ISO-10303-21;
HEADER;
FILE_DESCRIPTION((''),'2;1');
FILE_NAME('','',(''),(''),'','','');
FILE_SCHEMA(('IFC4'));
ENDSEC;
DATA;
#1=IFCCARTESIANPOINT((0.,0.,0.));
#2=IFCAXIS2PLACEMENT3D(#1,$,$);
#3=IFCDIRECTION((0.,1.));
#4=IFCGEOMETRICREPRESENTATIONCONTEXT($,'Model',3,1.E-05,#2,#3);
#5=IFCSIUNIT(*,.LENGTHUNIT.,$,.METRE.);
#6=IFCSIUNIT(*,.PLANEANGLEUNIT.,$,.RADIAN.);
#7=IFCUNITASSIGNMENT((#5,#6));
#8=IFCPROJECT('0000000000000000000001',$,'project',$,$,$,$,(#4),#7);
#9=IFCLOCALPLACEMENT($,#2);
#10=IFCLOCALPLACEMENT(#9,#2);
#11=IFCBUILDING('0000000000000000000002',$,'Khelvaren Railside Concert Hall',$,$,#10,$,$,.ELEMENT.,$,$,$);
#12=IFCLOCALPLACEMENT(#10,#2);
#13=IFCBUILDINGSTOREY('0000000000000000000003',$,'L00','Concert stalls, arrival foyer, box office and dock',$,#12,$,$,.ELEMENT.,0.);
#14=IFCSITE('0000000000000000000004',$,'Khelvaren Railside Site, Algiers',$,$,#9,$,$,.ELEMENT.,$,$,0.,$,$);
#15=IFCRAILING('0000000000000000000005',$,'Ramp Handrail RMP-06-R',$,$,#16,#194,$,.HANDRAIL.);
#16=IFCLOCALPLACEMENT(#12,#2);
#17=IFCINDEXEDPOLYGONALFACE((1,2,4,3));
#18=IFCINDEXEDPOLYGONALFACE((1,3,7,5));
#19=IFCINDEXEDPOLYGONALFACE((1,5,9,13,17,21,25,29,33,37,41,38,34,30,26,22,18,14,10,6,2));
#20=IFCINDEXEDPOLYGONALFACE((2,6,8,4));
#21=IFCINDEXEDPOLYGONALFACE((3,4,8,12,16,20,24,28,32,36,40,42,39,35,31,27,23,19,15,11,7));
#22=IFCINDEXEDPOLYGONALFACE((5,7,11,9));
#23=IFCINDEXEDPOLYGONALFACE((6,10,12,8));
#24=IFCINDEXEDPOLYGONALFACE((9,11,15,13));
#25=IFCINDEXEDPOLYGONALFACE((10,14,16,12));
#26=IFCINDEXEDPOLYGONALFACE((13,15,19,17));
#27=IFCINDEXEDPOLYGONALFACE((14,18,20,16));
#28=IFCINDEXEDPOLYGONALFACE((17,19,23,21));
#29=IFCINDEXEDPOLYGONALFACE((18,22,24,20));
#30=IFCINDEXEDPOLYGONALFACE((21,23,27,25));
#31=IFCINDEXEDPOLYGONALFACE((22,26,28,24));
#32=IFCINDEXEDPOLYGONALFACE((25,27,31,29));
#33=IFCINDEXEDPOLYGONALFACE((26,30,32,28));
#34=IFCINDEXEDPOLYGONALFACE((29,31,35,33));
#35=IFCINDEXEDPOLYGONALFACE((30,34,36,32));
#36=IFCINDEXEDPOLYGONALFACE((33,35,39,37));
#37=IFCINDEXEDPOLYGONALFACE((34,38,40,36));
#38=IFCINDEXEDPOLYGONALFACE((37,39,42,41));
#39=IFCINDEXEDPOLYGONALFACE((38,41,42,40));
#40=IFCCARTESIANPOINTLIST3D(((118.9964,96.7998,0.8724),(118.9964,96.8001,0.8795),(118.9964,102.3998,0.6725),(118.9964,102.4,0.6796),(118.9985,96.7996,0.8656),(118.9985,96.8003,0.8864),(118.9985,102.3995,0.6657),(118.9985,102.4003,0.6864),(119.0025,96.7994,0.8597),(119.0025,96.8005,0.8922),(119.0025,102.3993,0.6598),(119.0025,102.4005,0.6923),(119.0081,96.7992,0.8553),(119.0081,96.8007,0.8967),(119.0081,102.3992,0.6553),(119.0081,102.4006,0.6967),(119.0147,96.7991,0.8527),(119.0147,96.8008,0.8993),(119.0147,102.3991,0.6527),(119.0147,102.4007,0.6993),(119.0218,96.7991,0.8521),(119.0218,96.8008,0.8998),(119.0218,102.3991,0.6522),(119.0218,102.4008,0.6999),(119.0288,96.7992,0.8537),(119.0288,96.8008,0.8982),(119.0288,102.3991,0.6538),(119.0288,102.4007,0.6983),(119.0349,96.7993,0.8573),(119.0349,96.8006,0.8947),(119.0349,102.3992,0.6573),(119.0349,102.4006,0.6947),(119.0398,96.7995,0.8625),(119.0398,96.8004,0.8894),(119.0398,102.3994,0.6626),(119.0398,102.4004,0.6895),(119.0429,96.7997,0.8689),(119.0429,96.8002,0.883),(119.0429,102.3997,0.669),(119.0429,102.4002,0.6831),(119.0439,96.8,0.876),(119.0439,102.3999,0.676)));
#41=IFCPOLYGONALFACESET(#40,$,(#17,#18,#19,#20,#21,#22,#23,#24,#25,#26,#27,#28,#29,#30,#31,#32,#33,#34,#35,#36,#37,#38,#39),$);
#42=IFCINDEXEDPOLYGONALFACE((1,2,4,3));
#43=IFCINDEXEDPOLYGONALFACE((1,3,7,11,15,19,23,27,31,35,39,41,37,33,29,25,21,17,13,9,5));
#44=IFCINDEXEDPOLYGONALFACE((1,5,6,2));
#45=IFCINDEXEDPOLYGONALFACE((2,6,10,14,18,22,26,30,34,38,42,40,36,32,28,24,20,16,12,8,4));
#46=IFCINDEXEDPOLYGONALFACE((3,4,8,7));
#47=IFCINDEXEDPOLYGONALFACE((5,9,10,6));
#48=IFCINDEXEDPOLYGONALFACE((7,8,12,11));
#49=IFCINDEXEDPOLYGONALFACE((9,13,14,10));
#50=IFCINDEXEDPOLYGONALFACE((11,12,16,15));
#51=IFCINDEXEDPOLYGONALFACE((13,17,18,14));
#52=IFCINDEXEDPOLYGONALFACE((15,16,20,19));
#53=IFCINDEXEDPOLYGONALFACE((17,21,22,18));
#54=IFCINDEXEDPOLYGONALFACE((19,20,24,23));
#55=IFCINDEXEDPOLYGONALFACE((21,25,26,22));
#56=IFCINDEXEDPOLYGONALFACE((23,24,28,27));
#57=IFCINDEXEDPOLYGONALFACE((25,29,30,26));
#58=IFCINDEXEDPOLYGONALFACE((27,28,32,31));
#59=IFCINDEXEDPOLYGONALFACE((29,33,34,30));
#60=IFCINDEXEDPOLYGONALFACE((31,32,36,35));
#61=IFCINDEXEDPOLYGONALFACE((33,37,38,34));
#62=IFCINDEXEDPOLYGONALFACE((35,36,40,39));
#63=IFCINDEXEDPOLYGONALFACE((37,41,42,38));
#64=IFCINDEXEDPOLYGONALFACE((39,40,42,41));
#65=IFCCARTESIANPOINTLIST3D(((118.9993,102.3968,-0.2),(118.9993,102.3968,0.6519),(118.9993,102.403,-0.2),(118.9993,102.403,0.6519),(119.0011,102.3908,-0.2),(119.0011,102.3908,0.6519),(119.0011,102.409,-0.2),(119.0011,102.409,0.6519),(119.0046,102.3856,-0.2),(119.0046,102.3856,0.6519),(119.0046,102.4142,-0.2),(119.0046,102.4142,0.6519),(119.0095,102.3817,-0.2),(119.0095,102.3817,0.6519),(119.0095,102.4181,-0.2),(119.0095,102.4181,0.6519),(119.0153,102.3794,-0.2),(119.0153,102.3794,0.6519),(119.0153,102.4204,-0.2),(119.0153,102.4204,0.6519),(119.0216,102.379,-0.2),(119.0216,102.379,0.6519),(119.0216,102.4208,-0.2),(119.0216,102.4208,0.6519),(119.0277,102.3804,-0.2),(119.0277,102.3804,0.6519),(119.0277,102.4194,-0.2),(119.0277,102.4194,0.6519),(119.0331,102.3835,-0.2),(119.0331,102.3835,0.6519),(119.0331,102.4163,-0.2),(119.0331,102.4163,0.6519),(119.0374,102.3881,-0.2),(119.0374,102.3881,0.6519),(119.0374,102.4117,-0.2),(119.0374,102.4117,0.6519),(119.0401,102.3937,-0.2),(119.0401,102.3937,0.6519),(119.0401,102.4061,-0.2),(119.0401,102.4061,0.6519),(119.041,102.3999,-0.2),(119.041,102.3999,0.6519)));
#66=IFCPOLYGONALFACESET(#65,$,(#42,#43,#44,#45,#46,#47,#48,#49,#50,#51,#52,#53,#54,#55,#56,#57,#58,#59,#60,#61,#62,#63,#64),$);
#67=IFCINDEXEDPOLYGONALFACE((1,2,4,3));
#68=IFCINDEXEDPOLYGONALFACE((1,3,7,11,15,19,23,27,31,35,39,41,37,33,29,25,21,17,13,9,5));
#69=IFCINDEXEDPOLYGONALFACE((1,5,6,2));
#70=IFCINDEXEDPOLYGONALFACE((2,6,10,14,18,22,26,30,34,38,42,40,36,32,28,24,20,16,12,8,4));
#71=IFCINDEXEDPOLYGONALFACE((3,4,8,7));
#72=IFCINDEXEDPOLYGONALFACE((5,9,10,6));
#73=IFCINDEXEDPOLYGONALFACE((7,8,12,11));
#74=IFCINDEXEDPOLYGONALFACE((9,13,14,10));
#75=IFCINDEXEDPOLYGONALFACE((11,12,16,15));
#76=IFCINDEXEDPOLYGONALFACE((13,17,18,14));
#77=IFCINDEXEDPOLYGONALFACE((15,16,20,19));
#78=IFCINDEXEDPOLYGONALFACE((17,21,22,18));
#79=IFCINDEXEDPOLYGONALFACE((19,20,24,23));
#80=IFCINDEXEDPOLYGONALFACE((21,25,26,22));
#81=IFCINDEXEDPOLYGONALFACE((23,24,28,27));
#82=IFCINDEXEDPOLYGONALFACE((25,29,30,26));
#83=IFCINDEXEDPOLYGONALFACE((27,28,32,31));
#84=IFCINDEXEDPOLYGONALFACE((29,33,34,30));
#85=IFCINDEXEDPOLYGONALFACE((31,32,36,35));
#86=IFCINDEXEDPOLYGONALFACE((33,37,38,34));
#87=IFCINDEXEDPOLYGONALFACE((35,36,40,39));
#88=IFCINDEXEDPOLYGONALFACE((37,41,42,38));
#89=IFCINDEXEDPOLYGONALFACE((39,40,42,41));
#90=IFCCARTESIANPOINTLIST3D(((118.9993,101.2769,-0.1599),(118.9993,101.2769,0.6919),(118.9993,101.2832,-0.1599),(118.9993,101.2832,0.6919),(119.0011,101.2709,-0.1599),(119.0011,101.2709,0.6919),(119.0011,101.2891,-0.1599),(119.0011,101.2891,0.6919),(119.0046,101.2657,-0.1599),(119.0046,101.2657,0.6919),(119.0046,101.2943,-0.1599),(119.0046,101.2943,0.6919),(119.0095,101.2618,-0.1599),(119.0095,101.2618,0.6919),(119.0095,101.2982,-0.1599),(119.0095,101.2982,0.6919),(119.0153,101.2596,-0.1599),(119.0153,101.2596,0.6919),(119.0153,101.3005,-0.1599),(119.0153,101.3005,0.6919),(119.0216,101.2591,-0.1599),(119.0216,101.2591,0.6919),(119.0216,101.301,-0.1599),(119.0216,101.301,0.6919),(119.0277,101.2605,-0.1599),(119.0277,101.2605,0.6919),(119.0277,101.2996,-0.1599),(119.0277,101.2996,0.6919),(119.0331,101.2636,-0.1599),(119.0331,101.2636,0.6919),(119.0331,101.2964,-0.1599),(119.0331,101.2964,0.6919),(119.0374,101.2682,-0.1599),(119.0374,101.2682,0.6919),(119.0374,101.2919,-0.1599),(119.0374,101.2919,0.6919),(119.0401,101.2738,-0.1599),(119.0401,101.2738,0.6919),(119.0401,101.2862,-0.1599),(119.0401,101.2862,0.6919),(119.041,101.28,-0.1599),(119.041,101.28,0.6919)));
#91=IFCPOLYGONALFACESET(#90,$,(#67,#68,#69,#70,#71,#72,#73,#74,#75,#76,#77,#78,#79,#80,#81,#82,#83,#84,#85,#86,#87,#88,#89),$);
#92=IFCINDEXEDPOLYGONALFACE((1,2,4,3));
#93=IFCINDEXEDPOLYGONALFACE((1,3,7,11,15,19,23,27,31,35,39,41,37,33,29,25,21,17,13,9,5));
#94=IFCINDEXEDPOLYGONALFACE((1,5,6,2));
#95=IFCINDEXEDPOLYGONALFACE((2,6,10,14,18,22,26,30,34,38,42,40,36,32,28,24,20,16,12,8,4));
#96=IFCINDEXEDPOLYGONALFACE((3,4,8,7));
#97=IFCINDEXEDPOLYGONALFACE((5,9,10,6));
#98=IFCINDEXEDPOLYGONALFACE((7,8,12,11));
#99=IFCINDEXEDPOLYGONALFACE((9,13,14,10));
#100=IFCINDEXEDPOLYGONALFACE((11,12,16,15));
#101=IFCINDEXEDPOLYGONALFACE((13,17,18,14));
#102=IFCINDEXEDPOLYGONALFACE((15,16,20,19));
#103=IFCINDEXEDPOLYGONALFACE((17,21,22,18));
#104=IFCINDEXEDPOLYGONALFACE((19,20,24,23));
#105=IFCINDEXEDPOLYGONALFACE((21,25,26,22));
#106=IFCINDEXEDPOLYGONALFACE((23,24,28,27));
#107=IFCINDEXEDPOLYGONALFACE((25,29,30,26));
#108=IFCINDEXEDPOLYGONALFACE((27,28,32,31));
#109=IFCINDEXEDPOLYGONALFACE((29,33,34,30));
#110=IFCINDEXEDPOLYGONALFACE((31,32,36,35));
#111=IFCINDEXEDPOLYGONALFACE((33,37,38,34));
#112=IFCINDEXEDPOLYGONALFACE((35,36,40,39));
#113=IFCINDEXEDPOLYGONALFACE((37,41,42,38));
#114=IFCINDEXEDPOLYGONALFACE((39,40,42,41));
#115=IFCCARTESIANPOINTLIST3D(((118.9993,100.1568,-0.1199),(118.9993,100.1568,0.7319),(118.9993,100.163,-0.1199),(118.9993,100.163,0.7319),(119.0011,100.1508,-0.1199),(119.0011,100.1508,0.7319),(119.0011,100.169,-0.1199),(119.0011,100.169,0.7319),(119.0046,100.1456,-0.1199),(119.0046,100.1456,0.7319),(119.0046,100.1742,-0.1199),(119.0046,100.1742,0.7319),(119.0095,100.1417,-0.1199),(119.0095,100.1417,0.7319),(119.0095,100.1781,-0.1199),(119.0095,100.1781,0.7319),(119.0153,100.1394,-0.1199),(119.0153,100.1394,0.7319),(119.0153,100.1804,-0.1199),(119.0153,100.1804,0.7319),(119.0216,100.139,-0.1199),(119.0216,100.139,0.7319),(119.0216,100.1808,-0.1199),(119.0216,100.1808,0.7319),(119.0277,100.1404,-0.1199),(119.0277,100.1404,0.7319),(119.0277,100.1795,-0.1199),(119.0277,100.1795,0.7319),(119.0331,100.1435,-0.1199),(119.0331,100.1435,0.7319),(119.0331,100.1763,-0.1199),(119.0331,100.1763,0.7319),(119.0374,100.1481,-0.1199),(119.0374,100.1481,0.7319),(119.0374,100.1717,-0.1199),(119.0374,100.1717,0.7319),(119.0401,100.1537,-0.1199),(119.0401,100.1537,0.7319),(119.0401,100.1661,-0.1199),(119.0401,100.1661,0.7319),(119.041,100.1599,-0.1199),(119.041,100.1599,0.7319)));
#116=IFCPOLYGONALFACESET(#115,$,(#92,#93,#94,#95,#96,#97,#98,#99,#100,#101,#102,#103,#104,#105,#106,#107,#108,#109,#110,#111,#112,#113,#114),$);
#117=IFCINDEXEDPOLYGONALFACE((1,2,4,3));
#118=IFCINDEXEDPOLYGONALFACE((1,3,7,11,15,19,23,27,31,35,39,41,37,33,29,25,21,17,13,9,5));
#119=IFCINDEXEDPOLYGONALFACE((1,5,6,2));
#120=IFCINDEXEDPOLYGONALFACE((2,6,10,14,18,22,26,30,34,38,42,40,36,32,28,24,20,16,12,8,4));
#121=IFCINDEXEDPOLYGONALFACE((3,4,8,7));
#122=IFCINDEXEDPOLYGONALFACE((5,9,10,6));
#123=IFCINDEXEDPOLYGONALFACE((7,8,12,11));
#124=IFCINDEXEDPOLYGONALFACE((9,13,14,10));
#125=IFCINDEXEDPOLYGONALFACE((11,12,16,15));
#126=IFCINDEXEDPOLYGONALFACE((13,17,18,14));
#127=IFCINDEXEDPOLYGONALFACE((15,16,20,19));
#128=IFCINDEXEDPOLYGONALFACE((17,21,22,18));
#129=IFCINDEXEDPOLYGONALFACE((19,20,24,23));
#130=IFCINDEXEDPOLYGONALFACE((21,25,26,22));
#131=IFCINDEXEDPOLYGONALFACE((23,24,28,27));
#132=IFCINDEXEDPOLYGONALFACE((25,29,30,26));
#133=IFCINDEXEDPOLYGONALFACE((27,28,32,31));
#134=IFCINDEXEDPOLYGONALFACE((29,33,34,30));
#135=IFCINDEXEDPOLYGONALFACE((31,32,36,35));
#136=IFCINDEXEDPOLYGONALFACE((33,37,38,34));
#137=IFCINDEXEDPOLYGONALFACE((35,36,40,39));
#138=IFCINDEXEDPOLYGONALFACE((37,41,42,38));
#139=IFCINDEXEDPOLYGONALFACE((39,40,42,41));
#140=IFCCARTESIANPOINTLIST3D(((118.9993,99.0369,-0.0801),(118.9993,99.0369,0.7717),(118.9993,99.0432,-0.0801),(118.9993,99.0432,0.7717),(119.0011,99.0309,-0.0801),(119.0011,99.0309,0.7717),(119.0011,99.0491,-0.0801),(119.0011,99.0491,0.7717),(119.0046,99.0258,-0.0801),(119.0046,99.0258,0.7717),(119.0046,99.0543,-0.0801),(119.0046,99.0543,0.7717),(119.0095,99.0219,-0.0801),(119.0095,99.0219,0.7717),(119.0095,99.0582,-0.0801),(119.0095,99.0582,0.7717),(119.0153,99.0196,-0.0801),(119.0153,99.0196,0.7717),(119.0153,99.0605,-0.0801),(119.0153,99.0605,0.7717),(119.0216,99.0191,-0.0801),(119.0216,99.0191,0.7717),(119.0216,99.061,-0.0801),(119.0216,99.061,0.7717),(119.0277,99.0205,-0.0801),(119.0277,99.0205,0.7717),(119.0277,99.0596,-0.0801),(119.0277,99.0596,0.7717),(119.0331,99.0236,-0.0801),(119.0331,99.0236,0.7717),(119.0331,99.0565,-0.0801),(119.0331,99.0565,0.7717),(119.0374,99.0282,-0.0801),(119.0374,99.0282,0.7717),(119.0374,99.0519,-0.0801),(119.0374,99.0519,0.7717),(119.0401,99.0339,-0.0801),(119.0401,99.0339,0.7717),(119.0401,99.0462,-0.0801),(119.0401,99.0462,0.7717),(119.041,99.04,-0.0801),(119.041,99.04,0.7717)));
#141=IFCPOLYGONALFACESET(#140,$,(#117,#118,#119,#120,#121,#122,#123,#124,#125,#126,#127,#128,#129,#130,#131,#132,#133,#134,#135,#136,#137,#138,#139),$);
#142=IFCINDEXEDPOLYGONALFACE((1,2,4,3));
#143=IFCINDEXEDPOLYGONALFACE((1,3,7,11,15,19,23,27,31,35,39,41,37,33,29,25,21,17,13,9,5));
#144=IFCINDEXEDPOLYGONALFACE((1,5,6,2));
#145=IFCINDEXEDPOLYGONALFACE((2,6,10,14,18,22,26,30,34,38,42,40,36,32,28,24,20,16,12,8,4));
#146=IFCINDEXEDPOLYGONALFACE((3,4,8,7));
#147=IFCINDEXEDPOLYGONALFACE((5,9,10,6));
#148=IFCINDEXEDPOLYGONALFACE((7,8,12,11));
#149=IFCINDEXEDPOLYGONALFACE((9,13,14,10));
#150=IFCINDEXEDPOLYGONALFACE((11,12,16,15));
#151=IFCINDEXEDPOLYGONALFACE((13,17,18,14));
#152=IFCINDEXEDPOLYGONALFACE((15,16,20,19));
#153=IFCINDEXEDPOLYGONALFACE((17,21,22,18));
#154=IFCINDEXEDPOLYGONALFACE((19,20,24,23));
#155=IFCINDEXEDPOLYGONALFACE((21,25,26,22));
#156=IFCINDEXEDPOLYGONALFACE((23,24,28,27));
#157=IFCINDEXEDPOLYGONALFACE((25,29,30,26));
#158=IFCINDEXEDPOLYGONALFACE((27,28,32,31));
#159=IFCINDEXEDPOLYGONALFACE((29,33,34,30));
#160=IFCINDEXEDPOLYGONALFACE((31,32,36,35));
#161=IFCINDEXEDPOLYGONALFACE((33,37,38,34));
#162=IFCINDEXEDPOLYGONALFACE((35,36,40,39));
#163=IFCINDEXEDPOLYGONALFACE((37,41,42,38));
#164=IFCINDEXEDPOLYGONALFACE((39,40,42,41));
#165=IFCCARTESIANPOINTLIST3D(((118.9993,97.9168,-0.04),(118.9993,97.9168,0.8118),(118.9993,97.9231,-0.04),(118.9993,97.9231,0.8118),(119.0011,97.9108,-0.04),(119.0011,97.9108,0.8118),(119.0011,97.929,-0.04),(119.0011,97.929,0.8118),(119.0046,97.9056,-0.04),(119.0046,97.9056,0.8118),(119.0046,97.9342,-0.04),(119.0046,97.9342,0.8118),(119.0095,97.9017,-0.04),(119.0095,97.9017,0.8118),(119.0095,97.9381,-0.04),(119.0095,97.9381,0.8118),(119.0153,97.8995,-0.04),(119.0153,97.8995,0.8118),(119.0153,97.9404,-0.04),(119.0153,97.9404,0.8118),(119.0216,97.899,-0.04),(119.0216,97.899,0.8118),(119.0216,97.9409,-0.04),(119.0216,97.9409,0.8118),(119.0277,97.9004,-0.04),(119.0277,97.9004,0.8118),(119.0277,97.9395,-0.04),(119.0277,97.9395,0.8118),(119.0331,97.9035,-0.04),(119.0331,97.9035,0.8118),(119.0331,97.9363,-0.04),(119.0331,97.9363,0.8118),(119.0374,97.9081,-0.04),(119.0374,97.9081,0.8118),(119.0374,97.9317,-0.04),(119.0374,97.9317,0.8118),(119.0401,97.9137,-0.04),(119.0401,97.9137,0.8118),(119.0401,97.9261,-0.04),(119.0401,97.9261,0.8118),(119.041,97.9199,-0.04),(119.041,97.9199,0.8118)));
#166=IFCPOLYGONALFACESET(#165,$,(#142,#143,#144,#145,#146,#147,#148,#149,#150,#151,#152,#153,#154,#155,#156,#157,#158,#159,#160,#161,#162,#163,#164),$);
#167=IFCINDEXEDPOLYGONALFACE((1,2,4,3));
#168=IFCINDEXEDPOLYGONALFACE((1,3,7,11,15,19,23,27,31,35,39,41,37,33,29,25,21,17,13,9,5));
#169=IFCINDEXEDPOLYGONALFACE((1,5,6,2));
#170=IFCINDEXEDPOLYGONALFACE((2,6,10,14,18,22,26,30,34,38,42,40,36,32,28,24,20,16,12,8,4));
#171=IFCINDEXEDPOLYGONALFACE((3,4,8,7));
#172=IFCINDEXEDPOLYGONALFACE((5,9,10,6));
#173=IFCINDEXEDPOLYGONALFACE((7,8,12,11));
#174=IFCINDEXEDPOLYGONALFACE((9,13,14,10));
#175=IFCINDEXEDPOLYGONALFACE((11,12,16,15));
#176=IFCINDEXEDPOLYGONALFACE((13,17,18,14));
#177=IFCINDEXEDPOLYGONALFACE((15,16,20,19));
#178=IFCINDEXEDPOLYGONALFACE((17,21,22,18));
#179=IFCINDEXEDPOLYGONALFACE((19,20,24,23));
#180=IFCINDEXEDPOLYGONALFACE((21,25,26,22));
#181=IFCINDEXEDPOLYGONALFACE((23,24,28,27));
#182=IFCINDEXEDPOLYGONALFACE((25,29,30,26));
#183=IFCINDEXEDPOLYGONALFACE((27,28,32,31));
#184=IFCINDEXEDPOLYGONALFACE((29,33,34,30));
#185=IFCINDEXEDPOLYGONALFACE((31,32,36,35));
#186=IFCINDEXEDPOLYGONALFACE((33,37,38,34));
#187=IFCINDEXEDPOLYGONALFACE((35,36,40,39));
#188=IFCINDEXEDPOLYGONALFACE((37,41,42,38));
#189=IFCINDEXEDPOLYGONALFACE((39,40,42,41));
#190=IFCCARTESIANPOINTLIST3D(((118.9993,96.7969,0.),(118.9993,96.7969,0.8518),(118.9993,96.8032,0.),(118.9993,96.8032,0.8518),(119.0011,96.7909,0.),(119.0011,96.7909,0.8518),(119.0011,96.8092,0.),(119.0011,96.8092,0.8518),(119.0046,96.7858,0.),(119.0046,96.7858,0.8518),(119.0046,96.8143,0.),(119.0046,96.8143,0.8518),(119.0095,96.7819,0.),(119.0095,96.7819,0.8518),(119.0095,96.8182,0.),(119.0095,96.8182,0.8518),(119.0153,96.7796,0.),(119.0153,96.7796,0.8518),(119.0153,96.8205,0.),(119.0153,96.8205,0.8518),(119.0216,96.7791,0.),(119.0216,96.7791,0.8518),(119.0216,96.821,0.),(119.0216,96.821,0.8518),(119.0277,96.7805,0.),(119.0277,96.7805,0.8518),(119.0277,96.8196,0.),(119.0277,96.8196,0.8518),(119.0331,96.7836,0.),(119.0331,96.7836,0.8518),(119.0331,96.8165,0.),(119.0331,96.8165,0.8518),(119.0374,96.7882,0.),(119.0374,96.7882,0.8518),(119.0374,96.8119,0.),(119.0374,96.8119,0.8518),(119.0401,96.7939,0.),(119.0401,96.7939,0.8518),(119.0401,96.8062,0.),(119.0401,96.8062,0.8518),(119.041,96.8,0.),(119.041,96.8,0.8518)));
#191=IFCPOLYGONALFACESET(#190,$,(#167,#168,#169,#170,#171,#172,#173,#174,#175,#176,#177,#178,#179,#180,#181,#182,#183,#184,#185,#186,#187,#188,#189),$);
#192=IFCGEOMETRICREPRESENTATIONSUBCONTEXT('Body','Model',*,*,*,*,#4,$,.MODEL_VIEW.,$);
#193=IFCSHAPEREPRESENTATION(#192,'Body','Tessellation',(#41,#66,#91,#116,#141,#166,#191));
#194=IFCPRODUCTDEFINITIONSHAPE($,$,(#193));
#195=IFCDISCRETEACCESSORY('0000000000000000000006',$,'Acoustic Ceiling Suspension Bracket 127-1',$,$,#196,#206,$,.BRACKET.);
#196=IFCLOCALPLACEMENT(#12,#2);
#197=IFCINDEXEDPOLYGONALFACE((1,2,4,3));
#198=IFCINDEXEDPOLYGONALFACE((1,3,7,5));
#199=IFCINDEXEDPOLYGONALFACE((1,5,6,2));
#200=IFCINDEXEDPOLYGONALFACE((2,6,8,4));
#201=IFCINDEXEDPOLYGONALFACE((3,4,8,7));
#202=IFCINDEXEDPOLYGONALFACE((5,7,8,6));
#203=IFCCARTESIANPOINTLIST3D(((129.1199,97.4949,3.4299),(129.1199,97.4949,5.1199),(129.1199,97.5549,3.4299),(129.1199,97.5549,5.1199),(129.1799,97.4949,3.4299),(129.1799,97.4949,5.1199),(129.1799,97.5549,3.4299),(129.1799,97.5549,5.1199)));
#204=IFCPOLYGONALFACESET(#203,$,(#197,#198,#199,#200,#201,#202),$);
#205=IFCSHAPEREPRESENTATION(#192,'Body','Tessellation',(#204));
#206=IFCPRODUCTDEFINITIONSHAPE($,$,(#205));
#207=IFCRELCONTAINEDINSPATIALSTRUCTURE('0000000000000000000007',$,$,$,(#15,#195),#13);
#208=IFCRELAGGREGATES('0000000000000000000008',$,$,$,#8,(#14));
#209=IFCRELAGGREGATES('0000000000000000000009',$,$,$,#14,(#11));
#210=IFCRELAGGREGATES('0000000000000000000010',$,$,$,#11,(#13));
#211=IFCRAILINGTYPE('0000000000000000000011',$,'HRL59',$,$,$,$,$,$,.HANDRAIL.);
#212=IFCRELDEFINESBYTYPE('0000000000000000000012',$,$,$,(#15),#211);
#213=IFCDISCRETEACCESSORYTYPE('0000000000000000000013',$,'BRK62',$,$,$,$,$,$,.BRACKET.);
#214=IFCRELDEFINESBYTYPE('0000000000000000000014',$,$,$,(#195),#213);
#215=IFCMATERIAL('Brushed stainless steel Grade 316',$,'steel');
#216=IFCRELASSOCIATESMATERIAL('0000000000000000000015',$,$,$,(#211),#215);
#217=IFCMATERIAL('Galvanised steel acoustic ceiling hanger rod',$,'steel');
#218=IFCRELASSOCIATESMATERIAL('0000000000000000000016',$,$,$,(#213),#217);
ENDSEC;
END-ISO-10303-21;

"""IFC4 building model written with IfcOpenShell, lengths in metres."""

from ifc_helpers import new_model, si_unit, direction, frame, origin, origin_2d, place, context, subcontext, project, spatial, rectangle, circle, extrude, material, type_object, element, save


model = new_model("IFC4")

# Units and contexts
model_context = context("Model", 3, precision=1e-05, world=origin(), true_north=direction((0.0, 1.0)))
body_context = subcontext(model_context, "Body", "Model", "MODEL_VIEW")
ifc_project = project(units=[si_unit("LENGTHUNIT", "METRE"), si_unit("PLANEANGLEUNIT", "RADIAN")], contexts=[model_context])

# Site, building, storey
site_placement = place(None, origin())
site = spatial("IfcSite", under=ifc_project, at=site_placement, Name="Khelvaren Railside Site, Algiers", CompositionType="ELEMENT", RefElevation=0.0)
building_placement = place(site_placement, origin())
building = spatial("IfcBuilding", under=site, at=building_placement, Name="Khelvaren Railside Concert Hall", CompositionType="ELEMENT")
storey_placement = place(building_placement, origin())
storey = spatial("IfcBuildingStorey", under=building, at=storey_placement, Name="L00", Description="Concert stalls, arrival foyer, box office and dock", CompositionType="ELEMENT", Elevation=0.0)

# Railing
ifc_material_1 = material(Name="Brushed stainless steel Grade 316", Category="steel")
railing_type_1 = type_object("IfcRailingType", Name="HRL59", PredefinedType="HANDRAIL", material=ifc_material_1)
for number, where, name in (
    (1, (119.02, 102.3999, -0.2), "Ramp Handrail RMP-06-R"),
):
    element("IfcRailing", number, at=place(storey_placement, frame(where)), inside=storey, type_object=railing_type_1, Name=name, PredefinedType="HANDRAIL", context=body_context, shape_type="SweptSolid", body=[
        extrude(circle(Radius=0.0239, at=origin_2d()), frame((0.0, 0.0, 0.876), z_axis=(0.0, -0.999363, 0.035684), x_axis=(1.0, 0.0, 0.0)), (0.0, 0.0, 1.0), 5.6035),
        extrude(circle(Radius=0.021, at=origin_2d()), origin(), (0.0, 0.0, 1.0), 0.8518),
        extrude(circle(Radius=0.021, at=origin_2d()), frame((0.0, -1.1199, 0.04)), (0.0, 0.0, 1.0), 0.8518),
        extrude(circle(Radius=0.021, at=origin_2d()), frame((0.0, -2.24, 0.0801)), (0.0, 0.0, 1.0), 0.8518),
        extrude(circle(Radius=0.021, at=origin_2d()), frame((0.0, -3.3599, 0.1199)), (0.0, 0.0, 1.0), 0.8518),
        extrude(circle(Radius=0.021, at=origin_2d()), frame((0.0, -4.48, 0.1599)), (0.0, 0.0, 1.0), 0.8518),
        extrude(circle(Radius=0.021, at=origin_2d()), frame((0.0, -5.5999, 0.2)), (0.0, 0.0, 1.0), 0.8518),
    ])

# Discrete accessory
ifc_material_2 = material(Name="Galvanised steel acoustic ceiling hanger rod", Category="steel")
discrete_accessory_type = type_object("IfcDiscreteAccessoryType", Name="BRK62", PredefinedType="BRACKET", material=ifc_material_2)
for number, where, z_axis, x_axis, name in (
    (2, (129.1499, 97.5249, 3.4299), (0.0, 0.0, 1.0), (1.0, 0.0, 0.0), "Acoustic Ceiling Suspension Bracket 127-1"),
):
    element("IfcDiscreteAccessory", number, at=place(storey_placement, frame(where, z_axis=z_axis, x_axis=x_axis)), inside=storey, type_object=discrete_accessory_type, Name=name, PredefinedType="BRACKET", context=body_context, shape_type="SweptSolid", body=[
        extrude(rectangle(XDim=0.0601, YDim=0.0601, at=origin_2d()), origin(), (0.0, 0.0, 1.0), 1.6899),
    ])

save(model, "model.ifc")
